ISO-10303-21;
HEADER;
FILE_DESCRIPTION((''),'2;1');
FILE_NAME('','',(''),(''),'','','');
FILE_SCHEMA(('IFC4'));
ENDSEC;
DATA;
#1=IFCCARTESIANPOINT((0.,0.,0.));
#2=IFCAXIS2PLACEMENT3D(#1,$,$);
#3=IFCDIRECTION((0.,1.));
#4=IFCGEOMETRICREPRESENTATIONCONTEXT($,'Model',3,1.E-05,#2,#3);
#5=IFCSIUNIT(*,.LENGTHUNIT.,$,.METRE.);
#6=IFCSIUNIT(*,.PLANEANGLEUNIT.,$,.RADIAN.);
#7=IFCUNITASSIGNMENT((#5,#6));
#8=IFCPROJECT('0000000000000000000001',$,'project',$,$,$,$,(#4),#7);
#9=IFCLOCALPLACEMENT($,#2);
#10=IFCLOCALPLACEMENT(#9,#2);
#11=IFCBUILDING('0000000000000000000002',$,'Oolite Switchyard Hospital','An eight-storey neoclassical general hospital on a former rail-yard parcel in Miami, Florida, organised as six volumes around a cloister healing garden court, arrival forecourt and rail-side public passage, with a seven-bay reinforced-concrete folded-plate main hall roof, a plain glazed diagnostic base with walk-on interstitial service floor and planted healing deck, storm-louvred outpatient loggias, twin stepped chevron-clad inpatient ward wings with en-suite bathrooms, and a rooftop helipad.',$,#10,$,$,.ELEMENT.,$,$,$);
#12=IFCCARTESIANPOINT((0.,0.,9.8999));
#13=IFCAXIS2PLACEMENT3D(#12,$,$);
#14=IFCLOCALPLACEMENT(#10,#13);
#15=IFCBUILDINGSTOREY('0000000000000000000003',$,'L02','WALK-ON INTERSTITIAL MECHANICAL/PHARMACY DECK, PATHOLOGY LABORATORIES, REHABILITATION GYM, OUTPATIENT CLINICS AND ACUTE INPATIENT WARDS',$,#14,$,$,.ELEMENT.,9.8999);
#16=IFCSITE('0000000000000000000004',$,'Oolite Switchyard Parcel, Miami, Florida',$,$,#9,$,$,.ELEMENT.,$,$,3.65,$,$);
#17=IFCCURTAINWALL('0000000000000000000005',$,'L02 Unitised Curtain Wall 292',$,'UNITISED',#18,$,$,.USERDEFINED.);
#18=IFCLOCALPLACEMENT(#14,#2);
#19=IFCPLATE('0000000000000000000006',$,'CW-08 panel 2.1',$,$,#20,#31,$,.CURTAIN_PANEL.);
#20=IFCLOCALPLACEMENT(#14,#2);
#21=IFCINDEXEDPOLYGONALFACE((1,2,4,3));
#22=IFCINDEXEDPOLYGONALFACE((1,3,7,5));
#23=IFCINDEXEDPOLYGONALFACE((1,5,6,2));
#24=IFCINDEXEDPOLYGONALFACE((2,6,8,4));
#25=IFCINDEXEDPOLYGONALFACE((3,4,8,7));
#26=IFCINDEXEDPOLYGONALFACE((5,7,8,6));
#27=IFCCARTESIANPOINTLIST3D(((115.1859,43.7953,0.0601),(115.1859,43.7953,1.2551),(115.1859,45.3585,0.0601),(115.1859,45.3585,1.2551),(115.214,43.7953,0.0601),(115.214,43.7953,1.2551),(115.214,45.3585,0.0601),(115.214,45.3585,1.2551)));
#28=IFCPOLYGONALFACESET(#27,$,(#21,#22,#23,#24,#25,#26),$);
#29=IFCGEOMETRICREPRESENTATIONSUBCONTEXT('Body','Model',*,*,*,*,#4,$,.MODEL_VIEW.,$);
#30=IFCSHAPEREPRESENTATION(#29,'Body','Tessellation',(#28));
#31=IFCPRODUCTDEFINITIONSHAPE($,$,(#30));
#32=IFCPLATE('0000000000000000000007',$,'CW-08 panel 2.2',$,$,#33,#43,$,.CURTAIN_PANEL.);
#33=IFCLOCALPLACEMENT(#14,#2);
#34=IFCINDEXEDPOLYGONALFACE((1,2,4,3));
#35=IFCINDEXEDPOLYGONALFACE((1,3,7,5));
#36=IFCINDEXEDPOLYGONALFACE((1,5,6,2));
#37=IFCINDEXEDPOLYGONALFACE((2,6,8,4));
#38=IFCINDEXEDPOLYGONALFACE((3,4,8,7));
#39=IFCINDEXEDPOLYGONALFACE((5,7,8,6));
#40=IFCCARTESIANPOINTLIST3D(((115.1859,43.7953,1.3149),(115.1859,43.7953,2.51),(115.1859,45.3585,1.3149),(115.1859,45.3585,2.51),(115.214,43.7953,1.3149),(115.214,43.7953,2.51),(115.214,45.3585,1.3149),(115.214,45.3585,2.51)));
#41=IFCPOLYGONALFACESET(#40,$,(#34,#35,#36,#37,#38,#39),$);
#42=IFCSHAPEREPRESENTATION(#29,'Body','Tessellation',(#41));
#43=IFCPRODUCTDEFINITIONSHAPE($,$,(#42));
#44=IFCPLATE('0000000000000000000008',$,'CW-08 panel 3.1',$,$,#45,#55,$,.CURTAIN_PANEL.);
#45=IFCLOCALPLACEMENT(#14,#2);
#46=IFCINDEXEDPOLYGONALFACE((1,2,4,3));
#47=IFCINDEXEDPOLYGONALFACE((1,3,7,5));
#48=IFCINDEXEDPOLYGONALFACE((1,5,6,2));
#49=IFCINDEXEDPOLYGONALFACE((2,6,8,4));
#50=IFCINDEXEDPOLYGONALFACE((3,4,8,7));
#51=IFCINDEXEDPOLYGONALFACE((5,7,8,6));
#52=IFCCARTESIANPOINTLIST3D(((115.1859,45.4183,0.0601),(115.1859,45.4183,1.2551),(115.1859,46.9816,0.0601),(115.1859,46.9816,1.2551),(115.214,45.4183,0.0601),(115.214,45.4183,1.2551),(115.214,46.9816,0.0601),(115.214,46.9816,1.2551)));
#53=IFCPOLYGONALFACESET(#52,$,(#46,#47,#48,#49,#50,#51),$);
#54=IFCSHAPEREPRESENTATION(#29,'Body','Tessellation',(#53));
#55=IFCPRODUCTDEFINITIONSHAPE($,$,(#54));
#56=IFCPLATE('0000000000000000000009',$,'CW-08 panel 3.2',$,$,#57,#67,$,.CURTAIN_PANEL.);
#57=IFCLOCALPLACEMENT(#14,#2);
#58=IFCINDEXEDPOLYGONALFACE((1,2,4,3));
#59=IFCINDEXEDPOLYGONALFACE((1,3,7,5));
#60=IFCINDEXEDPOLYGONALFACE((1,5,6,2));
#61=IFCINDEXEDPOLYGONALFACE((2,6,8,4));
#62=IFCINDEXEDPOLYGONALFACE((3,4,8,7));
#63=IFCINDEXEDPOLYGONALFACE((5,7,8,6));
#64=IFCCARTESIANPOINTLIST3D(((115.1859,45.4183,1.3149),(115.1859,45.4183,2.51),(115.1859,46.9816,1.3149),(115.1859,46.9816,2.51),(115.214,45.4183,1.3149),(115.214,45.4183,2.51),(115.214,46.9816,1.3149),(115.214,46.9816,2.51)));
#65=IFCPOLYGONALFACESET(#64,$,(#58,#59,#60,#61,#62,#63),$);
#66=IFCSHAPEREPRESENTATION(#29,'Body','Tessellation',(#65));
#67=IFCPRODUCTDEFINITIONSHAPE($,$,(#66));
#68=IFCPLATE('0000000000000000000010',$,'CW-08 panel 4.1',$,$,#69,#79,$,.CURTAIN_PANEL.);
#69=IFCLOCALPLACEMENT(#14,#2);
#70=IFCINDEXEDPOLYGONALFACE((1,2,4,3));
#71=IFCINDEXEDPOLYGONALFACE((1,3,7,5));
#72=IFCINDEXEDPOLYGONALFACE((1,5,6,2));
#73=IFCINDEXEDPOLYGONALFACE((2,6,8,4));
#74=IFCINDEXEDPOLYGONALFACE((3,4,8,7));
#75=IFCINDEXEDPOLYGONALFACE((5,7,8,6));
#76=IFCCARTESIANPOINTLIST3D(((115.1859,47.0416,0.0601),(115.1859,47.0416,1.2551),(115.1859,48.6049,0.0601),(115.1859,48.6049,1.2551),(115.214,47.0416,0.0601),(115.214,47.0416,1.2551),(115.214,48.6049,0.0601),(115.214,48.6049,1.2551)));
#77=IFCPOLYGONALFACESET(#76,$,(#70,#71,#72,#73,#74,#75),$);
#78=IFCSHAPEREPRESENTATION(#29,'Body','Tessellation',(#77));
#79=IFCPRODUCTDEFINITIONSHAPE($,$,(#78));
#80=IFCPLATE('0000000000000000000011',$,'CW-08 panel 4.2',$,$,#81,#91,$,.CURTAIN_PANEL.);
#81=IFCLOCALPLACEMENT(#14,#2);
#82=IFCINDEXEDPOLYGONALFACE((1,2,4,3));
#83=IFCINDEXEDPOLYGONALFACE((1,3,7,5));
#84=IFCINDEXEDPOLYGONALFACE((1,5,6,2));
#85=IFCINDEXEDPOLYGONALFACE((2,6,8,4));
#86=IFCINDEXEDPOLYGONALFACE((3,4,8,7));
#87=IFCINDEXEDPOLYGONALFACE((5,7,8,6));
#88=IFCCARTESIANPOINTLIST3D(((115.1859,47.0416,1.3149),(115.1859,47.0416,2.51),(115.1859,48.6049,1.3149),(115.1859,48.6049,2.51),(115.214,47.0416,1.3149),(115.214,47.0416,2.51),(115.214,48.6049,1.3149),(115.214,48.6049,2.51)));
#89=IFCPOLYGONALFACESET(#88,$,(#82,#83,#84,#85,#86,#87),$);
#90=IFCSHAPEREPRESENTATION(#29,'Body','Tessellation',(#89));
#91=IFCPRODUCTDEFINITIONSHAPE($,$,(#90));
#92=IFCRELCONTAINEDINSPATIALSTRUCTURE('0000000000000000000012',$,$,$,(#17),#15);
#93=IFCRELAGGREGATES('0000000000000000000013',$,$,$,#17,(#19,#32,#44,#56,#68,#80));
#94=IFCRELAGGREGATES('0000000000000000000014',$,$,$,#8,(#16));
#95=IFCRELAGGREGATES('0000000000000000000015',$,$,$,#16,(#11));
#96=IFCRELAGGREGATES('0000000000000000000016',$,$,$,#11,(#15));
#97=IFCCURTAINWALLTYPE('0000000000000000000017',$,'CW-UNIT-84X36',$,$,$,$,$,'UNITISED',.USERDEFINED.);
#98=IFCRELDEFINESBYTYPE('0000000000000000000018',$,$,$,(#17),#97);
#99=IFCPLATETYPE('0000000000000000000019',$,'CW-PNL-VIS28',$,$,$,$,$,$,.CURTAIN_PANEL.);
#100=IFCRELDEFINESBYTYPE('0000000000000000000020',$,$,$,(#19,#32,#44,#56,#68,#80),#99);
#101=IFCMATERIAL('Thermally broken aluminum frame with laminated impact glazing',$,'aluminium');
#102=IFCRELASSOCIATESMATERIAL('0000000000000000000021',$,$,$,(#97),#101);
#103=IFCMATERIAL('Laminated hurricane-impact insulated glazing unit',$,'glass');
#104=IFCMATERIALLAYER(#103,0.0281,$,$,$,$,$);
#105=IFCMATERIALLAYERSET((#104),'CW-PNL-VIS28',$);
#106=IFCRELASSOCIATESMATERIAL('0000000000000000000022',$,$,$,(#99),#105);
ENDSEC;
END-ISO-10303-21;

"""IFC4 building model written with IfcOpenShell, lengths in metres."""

from ifc_helpers import new_model, si_unit, direction, frame, origin, origin_2d, place, context, subcontext, project, spatial, rectangle, extrude, material, layer, layer_set, type_object, element, aggregate, save


model = new_model("IFC4")

# Units and contexts
model_context = context("Model", 3, precision=1e-05, world=origin(), true_north=direction((0.0, 1.0)))
body_context = subcontext(model_context, "Body", "Model", "MODEL_VIEW")
ifc_project = project(units=[si_unit("LENGTHUNIT", "METRE"), si_unit("PLANEANGLEUNIT", "RADIAN")], contexts=[model_context])

# Site, building, storey
site_placement = place(None, origin())
site = spatial("IfcSite", under=ifc_project, at=site_placement, Name="Oolite Switchyard Parcel, Miami, Florida", CompositionType="ELEMENT", RefElevation=3.65)
building_placement = place(site_placement, origin())
building = spatial("IfcBuilding", under=site, at=building_placement, Name="Oolite Switchyard Hospital", Description="An eight-storey neoclassical general hospital on a former rail-yard parcel in Miami, Florida, organised as six volumes around a cloister healing garden court, arrival forecourt and rail-side public passage, with a seven-bay reinforced-concrete folded-plate main hall roof, a plain glazed diagnostic base with walk-on interstitial service floor and planted healing deck, storm-louvred outpatient loggias, twin stepped chevron-clad inpatient ward wings with en-suite bathrooms, and a rooftop helipad.", CompositionType="ELEMENT")
storey_placement = place(building_placement, frame((0.0, 0.0, 9.8999)))
storey = spatial("IfcBuildingStorey", under=building, at=storey_placement, Name="L02", Description="WALK-ON INTERSTITIAL MECHANICAL/PHARMACY DECK, PATHOLOGY LABORATORIES, REHABILITATION GYM, OUTPATIENT CLINICS AND ACUTE INPATIENT WARDS", CompositionType="ELEMENT", Elevation=9.8999)

# Curtain wall, plates
ifc_material_1 = material(Name="Thermally broken aluminum frame with laminated impact glazing", Category="aluminium")
curtain_wall_type = type_object("IfcCurtainWallType", Name="CW-UNIT-84X36", ElementType="UNITISED", PredefinedType="USERDEFINED", material=ifc_material_1)
curtain_wall_placement = place(storey_placement, origin())
curtain_wall = element("IfcCurtainWall", 1, at=curtain_wall_placement, inside=storey, type_object=curtain_wall_type, Name="L02 Unitised Curtain Wall 292", ObjectType="UNITISED", PredefinedType="USERDEFINED")
ifc_material_2 = material(Name="Laminated hurricane-impact insulated glazing unit", Category="glass")
ifc_layer = layer(ifc_material_2, 0.0281)
ifc_layer_set = layer_set([ifc_layer], Name="CW-PNL-VIS28")
plate_type = type_object("IfcPlateType", Name="CW-PNL-VIS28", PredefinedType="CURTAIN_PANEL", material=ifc_layer_set)
plate_1_placement = place(storey_placement, frame((115.2, 44.5769, 0.0601), z_axis=(0.0, 0.0, 1.0), x_axis=(0.0, 1.0, 0.0)))
plate_1 = element("IfcPlate", 2, at=plate_1_placement, type_object=plate_type, Name="CW-08 panel 2.1", PredefinedType="CURTAIN_PANEL", context=body_context, shape_type="SweptSolid", body=[
    extrude(rectangle(XDim=1.5632, YDim=0.0281, at=origin_2d()), origin(), (0.0, 0.0, 1.0), 1.1951),
])
plate_2_placement = place(storey_placement, frame((115.2, 44.5769, 1.3149), z_axis=(0.0, 0.0, 1.0), x_axis=(0.0, 1.0, 0.0)))
plate_2 = element("IfcPlate", 3, at=plate_2_placement, type_object=plate_type, Name="CW-08 panel 2.2", PredefinedType="CURTAIN_PANEL", context=body_context, shape_type="SweptSolid", body=[
    extrude(rectangle(XDim=1.5632, YDim=0.0281, at=origin_2d()), origin(), (0.0, 0.0, 1.0), 1.1951),
])
plate_3_placement = place(storey_placement, frame((115.2, 46.2, 0.0601), z_axis=(0.0, 0.0, 1.0), x_axis=(0.0, 1.0, 0.0)))
plate_3 = element("IfcPlate", 4, at=plate_3_placement, type_object=plate_type, Name="CW-08 panel 3.1", PredefinedType="CURTAIN_PANEL", context=body_context, shape_type="SweptSolid", body=[
    extrude(rectangle(XDim=1.5632, YDim=0.0281, at=origin_2d()), origin(), (0.0, 0.0, 1.0), 1.1951),
])
plate_4_placement = place(storey_placement, frame((115.2, 46.2, 1.3149), z_axis=(0.0, 0.0, 1.0), x_axis=(0.0, 1.0, 0.0)))
plate_4 = element("IfcPlate", 5, at=plate_4_placement, type_object=plate_type, Name="CW-08 panel 3.2", PredefinedType="CURTAIN_PANEL", context=body_context, shape_type="SweptSolid", body=[
    extrude(rectangle(XDim=1.5632, YDim=0.0281, at=origin_2d()), origin(), (0.0, 0.0, 1.0), 1.1951),
])
plate_5_placement = place(storey_placement, frame((115.2, 47.8232, 0.0601), z_axis=(0.0, 0.0, 1.0), x_axis=(0.0, 1.0, 0.0)))
plate_5 = element("IfcPlate", 6, at=plate_5_placement, type_object=plate_type, Name="CW-08 panel 4.1", PredefinedType="CURTAIN_PANEL", context=body_context, shape_type="SweptSolid", body=[
    extrude(rectangle(XDim=1.5632, YDim=0.0281, at=origin_2d()), origin(), (0.0, 0.0, 1.0), 1.1951),
])
plate_6_placement = place(storey_placement, frame((115.2, 47.8232, 1.3149), z_axis=(0.0, 0.0, 1.0), x_axis=(0.0, 1.0, 0.0)))
plate_6 = element("IfcPlate", 7, at=plate_6_placement, type_object=plate_type, Name="CW-08 panel 4.2", PredefinedType="CURTAIN_PANEL", context=body_context, shape_type="SweptSolid", body=[
    extrude(rectangle(XDim=1.5632, YDim=0.0281, at=origin_2d()), origin(), (0.0, 0.0, 1.0), 1.1951),
])
aggregate(curtain_wall, [plate_1, plate_2, plate_3, plate_4, plate_5, plate_6])

save(model, "model.ifc")
